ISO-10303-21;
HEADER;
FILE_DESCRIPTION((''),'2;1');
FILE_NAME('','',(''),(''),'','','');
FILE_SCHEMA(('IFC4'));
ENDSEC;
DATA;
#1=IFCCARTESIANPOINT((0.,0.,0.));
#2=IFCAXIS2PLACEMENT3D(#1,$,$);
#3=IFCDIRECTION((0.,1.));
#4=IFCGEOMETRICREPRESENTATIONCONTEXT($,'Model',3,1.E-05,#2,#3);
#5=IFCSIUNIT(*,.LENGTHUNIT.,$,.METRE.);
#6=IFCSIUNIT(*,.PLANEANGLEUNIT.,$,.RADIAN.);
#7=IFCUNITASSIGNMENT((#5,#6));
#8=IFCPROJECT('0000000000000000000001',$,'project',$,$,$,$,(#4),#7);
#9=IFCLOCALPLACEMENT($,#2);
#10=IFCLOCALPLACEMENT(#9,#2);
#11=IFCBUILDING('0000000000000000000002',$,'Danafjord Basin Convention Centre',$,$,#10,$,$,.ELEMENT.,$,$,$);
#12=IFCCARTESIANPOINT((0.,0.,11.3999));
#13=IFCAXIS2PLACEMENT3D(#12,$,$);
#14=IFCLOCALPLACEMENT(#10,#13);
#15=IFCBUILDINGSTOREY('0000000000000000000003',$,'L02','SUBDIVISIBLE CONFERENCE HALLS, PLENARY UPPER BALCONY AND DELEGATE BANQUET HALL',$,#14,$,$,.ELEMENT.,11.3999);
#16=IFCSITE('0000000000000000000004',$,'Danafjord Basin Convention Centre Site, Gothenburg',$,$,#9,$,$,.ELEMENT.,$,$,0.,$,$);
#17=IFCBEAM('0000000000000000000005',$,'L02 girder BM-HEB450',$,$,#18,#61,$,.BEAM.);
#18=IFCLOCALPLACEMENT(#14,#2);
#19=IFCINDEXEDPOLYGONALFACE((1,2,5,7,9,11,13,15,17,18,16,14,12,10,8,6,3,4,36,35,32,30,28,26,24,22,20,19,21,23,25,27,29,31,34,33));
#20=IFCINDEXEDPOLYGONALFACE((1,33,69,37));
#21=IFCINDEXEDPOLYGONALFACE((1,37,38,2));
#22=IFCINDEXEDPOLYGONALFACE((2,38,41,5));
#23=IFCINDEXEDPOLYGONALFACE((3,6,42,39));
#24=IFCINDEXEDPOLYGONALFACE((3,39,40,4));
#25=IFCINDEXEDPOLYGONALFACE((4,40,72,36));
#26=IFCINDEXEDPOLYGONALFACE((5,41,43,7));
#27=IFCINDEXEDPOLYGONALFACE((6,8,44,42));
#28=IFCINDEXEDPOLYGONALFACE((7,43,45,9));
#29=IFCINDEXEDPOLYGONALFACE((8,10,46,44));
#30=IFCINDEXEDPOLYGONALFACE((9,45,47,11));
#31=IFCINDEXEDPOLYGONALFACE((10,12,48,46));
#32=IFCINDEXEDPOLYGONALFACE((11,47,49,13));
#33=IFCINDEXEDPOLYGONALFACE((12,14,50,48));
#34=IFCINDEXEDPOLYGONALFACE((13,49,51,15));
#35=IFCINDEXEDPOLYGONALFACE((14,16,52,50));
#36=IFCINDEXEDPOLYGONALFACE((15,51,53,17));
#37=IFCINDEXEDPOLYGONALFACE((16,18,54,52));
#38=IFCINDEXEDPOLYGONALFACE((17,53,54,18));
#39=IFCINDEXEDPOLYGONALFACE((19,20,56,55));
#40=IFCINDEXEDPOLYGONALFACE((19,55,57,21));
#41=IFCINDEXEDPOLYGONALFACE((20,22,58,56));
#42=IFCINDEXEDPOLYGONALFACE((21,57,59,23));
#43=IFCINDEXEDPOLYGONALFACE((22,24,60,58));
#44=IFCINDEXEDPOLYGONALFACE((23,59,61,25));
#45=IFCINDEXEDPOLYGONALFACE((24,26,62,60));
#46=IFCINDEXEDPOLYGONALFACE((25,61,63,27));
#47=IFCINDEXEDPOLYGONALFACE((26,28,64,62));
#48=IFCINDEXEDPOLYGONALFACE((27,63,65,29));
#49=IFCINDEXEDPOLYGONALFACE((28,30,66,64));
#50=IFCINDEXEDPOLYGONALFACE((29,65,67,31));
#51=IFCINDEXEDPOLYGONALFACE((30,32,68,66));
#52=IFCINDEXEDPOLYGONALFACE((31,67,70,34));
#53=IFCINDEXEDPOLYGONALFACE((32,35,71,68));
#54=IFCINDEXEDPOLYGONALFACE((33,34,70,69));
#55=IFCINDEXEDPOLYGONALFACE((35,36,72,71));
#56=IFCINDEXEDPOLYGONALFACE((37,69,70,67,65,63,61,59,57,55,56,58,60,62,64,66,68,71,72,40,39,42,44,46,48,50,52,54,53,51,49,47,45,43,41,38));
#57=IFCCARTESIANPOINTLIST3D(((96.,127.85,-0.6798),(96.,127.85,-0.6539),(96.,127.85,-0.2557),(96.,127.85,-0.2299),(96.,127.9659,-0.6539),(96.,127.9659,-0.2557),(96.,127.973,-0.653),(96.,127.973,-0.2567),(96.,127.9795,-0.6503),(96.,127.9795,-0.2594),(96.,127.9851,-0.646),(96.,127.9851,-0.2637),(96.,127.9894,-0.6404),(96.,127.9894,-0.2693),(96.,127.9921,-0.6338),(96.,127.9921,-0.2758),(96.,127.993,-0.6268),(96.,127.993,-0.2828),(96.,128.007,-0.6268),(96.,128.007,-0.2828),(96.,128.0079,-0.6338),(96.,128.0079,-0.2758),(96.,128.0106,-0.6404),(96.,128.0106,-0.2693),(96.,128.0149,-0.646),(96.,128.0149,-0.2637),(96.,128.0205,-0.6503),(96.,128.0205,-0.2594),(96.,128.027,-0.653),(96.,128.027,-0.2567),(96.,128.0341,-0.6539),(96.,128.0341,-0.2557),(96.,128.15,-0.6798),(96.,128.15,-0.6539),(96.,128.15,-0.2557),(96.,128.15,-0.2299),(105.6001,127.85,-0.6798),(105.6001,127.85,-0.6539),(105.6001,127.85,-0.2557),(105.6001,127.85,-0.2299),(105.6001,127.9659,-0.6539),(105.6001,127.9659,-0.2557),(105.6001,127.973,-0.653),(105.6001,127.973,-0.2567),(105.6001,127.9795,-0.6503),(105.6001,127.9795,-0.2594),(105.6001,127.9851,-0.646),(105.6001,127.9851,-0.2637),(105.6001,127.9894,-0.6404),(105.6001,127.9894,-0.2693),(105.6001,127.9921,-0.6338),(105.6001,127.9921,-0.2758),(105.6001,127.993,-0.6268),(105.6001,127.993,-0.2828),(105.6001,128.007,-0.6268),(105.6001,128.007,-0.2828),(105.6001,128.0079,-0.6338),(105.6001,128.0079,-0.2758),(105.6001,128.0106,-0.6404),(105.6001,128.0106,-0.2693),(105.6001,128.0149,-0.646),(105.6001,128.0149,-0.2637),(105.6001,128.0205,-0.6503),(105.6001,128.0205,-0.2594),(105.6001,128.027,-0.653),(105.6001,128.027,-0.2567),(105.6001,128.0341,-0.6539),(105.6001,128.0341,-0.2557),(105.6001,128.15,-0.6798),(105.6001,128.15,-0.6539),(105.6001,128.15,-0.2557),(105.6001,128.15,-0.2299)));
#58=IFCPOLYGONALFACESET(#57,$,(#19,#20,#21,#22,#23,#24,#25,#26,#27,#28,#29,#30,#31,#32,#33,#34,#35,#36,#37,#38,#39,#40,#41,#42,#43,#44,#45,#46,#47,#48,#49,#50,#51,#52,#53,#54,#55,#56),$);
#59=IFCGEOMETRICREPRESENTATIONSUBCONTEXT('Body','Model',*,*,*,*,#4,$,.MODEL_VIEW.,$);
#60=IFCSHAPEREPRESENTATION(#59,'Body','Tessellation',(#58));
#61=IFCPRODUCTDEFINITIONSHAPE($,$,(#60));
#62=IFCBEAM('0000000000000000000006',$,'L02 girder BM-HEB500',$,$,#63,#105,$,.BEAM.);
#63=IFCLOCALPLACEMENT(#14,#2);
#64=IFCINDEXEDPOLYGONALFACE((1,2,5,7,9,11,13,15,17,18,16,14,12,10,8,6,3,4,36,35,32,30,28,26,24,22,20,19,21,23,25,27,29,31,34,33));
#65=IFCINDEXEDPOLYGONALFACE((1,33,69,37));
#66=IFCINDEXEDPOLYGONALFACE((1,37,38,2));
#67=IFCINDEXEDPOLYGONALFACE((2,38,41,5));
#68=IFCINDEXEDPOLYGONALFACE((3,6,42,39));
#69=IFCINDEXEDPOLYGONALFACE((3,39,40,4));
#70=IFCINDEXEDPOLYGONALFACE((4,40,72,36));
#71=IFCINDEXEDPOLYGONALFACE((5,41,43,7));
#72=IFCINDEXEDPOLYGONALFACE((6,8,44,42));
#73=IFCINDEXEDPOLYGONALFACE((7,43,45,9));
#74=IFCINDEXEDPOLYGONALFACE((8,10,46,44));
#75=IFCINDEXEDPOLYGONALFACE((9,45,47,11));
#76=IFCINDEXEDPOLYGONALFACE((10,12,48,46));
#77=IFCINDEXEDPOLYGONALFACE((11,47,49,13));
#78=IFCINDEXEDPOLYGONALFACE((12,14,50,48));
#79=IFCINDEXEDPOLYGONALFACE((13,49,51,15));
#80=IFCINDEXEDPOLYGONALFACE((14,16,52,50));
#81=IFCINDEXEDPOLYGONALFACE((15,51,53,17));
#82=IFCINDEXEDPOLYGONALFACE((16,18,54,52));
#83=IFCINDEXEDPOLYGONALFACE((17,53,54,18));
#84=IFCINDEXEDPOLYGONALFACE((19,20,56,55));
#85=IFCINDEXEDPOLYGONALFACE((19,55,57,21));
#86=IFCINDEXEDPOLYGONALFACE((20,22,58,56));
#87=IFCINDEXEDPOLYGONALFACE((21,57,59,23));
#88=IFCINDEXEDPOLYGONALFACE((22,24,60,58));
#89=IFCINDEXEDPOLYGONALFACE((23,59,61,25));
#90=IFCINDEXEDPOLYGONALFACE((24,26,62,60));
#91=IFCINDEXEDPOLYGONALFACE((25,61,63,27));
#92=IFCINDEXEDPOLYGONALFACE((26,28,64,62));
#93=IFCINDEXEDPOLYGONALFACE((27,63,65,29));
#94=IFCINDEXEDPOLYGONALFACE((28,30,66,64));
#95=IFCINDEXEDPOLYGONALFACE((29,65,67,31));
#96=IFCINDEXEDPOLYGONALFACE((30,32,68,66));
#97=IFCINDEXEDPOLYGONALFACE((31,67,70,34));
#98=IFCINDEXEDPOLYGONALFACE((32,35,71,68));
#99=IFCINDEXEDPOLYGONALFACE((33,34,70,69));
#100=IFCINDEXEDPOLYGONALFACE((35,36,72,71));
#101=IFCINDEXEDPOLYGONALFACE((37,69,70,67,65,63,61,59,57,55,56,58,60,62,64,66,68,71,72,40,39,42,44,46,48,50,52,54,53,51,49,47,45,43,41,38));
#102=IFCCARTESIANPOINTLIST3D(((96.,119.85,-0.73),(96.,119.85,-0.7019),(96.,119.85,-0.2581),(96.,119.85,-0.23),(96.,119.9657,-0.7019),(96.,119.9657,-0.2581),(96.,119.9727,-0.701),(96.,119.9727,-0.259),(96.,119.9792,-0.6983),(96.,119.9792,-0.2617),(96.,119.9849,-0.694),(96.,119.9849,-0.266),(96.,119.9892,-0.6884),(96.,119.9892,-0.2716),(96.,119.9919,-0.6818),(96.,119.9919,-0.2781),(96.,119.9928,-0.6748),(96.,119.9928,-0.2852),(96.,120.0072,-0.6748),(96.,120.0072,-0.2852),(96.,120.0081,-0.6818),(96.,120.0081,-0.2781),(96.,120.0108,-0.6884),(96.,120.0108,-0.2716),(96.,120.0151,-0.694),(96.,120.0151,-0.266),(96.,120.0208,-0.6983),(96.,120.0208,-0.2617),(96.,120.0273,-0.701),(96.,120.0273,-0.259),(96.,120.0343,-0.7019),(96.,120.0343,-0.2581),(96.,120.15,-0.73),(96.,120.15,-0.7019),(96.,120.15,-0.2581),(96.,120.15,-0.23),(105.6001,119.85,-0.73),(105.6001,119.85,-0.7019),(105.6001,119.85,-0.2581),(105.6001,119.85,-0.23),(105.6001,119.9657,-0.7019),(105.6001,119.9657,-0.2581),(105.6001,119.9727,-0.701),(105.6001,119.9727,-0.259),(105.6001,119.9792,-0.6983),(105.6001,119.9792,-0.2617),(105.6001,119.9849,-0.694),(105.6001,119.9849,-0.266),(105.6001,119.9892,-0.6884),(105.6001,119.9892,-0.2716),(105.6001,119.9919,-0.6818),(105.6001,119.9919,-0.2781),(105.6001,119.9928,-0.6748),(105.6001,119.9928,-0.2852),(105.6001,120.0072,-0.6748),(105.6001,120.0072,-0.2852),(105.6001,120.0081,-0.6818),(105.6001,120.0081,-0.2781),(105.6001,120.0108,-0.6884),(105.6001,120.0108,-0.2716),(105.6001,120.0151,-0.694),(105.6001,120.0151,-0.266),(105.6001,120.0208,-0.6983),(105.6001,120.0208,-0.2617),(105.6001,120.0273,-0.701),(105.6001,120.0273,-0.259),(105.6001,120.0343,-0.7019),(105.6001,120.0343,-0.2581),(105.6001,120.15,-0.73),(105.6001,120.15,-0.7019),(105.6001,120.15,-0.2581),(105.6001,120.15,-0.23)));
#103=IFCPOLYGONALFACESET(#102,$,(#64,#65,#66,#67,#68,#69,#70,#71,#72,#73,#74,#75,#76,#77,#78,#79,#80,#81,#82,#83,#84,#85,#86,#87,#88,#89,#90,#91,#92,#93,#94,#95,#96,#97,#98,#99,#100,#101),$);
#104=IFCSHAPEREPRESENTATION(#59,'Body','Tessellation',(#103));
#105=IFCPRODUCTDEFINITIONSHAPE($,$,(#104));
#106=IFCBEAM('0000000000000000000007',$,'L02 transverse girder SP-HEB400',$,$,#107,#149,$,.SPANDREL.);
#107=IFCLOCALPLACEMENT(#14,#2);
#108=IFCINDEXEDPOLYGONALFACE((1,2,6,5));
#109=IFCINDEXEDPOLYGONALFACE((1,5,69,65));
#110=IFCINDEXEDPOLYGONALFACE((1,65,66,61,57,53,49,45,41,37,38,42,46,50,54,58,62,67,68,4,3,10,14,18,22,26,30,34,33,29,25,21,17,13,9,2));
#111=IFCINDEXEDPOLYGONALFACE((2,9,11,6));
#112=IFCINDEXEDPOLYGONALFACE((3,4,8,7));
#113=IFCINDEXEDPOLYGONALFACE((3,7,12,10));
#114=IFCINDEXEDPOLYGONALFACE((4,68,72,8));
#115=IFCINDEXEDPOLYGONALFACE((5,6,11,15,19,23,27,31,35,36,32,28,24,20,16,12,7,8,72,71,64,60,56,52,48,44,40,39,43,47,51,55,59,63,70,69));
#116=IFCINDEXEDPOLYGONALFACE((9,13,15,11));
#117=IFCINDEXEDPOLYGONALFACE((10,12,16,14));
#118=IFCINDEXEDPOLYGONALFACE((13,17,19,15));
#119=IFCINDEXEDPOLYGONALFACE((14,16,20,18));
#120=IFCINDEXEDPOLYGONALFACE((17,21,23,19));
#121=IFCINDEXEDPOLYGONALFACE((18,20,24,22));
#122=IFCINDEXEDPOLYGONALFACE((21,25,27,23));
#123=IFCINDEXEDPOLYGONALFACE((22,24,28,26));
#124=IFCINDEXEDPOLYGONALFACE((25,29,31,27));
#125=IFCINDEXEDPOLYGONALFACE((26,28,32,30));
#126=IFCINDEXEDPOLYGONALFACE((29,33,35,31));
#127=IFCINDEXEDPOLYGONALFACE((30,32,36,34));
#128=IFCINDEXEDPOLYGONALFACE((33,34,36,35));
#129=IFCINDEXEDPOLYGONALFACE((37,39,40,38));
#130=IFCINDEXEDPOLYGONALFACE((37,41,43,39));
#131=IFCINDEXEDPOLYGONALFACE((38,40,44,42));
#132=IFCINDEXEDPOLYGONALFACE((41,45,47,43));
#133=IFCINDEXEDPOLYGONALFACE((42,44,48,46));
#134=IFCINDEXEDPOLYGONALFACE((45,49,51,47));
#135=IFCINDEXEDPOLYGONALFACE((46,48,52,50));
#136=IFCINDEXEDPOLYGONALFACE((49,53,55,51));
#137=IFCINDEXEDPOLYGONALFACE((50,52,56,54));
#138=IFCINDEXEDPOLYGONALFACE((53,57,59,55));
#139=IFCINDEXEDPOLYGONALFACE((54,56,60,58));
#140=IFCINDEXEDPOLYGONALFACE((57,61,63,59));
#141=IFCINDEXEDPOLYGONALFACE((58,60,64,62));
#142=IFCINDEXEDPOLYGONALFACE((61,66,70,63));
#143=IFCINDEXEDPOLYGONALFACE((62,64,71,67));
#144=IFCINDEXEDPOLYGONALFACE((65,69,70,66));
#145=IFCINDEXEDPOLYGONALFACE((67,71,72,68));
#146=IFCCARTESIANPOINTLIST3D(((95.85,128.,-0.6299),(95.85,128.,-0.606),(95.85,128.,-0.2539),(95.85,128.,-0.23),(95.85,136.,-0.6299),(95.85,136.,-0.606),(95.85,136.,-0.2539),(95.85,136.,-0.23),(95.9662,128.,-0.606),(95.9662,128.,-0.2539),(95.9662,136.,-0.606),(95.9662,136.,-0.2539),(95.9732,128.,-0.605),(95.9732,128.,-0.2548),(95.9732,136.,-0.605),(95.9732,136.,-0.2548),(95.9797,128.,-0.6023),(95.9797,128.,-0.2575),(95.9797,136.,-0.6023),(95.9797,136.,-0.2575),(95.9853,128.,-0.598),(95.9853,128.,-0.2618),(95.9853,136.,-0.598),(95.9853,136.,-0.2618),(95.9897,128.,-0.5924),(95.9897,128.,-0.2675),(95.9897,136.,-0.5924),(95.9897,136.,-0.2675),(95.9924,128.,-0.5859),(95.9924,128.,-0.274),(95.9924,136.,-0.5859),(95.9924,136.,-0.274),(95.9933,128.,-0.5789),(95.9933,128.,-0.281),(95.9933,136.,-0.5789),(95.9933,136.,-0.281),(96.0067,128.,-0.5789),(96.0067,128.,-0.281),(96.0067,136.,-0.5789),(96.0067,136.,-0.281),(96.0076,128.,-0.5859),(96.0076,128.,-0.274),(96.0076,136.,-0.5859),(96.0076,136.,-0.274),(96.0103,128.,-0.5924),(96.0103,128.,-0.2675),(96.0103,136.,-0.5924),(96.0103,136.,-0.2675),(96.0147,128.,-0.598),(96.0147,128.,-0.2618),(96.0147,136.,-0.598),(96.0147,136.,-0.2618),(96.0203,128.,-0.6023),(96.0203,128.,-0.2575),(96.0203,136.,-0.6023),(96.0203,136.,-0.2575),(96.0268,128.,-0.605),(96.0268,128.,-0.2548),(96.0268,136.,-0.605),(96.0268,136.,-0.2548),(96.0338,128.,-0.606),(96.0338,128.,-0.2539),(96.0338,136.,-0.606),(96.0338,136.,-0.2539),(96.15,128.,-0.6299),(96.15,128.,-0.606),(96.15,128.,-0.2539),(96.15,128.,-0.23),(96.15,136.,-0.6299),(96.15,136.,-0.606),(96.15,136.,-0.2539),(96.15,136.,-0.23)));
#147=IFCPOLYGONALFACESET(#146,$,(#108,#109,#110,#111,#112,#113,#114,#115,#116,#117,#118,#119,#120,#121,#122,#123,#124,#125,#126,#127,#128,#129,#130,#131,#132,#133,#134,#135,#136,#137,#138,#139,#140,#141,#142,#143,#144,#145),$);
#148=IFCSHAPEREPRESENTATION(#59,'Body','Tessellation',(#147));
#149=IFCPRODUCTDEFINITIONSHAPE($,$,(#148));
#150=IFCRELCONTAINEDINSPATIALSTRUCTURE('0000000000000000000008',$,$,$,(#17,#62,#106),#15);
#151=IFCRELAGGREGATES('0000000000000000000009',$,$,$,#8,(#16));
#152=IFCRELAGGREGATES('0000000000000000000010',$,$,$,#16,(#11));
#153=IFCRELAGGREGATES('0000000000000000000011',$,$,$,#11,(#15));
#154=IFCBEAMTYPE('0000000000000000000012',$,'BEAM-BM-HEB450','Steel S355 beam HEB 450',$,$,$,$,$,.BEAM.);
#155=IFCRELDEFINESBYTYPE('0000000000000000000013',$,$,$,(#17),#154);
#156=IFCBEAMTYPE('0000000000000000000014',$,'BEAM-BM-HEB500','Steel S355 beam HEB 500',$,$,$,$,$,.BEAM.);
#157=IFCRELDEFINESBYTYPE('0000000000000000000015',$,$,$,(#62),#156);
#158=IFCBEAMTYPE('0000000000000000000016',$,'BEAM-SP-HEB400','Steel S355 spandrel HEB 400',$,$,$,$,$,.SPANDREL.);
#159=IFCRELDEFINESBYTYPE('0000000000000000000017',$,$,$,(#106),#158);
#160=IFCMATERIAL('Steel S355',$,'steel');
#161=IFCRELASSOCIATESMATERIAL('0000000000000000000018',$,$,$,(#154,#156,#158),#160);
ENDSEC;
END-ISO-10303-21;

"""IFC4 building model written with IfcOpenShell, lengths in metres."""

from ifc_helpers import new_model, si_unit, direction, frame, origin, origin_2d, place, context, subcontext, project, spatial, i_section, extrude, material, material_profile, profile_set, type_object, element, save


model = new_model("IFC4")

# Units and contexts
model_context = context("Model", 3, precision=1e-05, world=origin(), true_north=direction((0.0, 1.0)))
body_context = subcontext(model_context, "Body", "Model", "MODEL_VIEW")
ifc_project = project(units=[si_unit("LENGTHUNIT", "METRE"), si_unit("PLANEANGLEUNIT", "RADIAN")], contexts=[model_context])

# Site, building, storey
site_placement = place(None, origin())
site = spatial("IfcSite", under=ifc_project, at=site_placement, Name="Danafjord Basin Convention Centre Site, Gothenburg", CompositionType="ELEMENT", RefElevation=0.0)
building_placement = place(site_placement, origin())
building = spatial("IfcBuilding", under=site, at=building_placement, Name="Danafjord Basin Convention Centre", CompositionType="ELEMENT")
storey_placement = place(building_placement, frame((0.0, 0.0, 11.3999)))
storey = spatial("IfcBuildingStorey", under=building, at=storey_placement, Name="L02", Description="SUBDIVISIBLE CONFERENCE HALLS, PLENARY UPPER BALCONY AND DELEGATE BANQUET HALL", CompositionType="ELEMENT", Elevation=11.3999)

# Beams
ifc_material = material(Name="Steel S355", Category="steel")
ifc_material_profile_1 = material_profile(ifc_material, i_section(OverallWidth=0.3, OverallDepth=0.45, WebThickness=0.0139, FlangeThickness=0.0259, FilletRadius=0.0271, at=origin_2d()), Name="HEB 450")
ifc_profile_set_1 = profile_set([ifc_material_profile_1], Name="Steel S355")
beam_type_1 = type_object("IfcBeamType", Name="BEAM-BM-HEB450", Description="Steel S355 beam HEB 450", PredefinedType="BEAM", material=ifc_profile_set_1)
beam_1_placement = place(storey_placement, frame((96.0, 128.0, -0.4548), z_axis=(1.0, 0.0, 0.0), x_axis=(0.0, 1.0, 0.0)))
element("IfcBeam", 1, at=beam_1_placement, inside=storey, type_object=beam_type_1, Name="L02 girder BM-HEB450", PredefinedType="BEAM", context=body_context, shape_type="SweptSolid", body=[
    extrude(i_section(OverallWidth=0.3, OverallDepth=0.45, WebThickness=0.0139, FlangeThickness=0.0259, FilletRadius=0.0271, at=origin_2d()), origin(), (0.0, 0.0, 1.0), 9.6001),
])
ifc_material_profile_2 = material_profile(ifc_material, i_section(OverallWidth=0.3, OverallDepth=0.5, WebThickness=0.0144, FlangeThickness=0.0281, FilletRadius=0.0271, at=origin_2d()), Name="HEB 500")
ifc_profile_set_2 = profile_set([ifc_material_profile_2], Name="Steel S355")
beam_type_2 = type_object("IfcBeamType", Name="BEAM-BM-HEB500", Description="Steel S355 beam HEB 500", PredefinedType="BEAM", material=ifc_profile_set_2)
beam_2_placement = place(storey_placement, frame((96.0, 120.0, -0.48), z_axis=(1.0, 0.0, 0.0), x_axis=(0.0, 1.0, 0.0)))
element("IfcBeam", 2, at=beam_2_placement, inside=storey, type_object=beam_type_2, Name="L02 girder BM-HEB500", PredefinedType="BEAM", context=body_context, shape_type="SweptSolid", body=[
    extrude(i_section(OverallWidth=0.3, OverallDepth=0.5, WebThickness=0.0144, FlangeThickness=0.0281, FilletRadius=0.0271, at=origin_2d()), origin(), (0.0, 0.0, 1.0), 9.6001),
])
ifc_material_profile_3 = material_profile(ifc_material, i_section(OverallWidth=0.3, OverallDepth=0.3999, WebThickness=0.0134, FlangeThickness=0.0239, FilletRadius=0.0271, at=origin_2d()), Name="HEB 400")
ifc_profile_set_3 = profile_set([ifc_material_profile_3], Name="Steel S355")
beam_type_3 = type_object("IfcBeamType", Name="BEAM-SP-HEB400", Description="Steel S355 spandrel HEB 400", PredefinedType="SPANDREL", material=ifc_profile_set_3)
beam_3_placement = place(storey_placement, frame((96.0, 128.0, -0.4299), z_axis=(0.0, 1.0, 0.0), x_axis=(-1.0, 0.0, 0.0)))
element("IfcBeam", 3, at=beam_3_placement, inside=storey, type_object=beam_type_3, Name="L02 transverse girder SP-HEB400", PredefinedType="SPANDREL", context=body_context, shape_type="SweptSolid", body=[
    extrude(i_section(OverallWidth=0.3, OverallDepth=0.3999, WebThickness=0.0134, FlangeThickness=0.0239, FilletRadius=0.0271, at=origin_2d()), origin(), (0.0, 0.0, 1.0), 8.0),
])

save(model, "model.ifc")
